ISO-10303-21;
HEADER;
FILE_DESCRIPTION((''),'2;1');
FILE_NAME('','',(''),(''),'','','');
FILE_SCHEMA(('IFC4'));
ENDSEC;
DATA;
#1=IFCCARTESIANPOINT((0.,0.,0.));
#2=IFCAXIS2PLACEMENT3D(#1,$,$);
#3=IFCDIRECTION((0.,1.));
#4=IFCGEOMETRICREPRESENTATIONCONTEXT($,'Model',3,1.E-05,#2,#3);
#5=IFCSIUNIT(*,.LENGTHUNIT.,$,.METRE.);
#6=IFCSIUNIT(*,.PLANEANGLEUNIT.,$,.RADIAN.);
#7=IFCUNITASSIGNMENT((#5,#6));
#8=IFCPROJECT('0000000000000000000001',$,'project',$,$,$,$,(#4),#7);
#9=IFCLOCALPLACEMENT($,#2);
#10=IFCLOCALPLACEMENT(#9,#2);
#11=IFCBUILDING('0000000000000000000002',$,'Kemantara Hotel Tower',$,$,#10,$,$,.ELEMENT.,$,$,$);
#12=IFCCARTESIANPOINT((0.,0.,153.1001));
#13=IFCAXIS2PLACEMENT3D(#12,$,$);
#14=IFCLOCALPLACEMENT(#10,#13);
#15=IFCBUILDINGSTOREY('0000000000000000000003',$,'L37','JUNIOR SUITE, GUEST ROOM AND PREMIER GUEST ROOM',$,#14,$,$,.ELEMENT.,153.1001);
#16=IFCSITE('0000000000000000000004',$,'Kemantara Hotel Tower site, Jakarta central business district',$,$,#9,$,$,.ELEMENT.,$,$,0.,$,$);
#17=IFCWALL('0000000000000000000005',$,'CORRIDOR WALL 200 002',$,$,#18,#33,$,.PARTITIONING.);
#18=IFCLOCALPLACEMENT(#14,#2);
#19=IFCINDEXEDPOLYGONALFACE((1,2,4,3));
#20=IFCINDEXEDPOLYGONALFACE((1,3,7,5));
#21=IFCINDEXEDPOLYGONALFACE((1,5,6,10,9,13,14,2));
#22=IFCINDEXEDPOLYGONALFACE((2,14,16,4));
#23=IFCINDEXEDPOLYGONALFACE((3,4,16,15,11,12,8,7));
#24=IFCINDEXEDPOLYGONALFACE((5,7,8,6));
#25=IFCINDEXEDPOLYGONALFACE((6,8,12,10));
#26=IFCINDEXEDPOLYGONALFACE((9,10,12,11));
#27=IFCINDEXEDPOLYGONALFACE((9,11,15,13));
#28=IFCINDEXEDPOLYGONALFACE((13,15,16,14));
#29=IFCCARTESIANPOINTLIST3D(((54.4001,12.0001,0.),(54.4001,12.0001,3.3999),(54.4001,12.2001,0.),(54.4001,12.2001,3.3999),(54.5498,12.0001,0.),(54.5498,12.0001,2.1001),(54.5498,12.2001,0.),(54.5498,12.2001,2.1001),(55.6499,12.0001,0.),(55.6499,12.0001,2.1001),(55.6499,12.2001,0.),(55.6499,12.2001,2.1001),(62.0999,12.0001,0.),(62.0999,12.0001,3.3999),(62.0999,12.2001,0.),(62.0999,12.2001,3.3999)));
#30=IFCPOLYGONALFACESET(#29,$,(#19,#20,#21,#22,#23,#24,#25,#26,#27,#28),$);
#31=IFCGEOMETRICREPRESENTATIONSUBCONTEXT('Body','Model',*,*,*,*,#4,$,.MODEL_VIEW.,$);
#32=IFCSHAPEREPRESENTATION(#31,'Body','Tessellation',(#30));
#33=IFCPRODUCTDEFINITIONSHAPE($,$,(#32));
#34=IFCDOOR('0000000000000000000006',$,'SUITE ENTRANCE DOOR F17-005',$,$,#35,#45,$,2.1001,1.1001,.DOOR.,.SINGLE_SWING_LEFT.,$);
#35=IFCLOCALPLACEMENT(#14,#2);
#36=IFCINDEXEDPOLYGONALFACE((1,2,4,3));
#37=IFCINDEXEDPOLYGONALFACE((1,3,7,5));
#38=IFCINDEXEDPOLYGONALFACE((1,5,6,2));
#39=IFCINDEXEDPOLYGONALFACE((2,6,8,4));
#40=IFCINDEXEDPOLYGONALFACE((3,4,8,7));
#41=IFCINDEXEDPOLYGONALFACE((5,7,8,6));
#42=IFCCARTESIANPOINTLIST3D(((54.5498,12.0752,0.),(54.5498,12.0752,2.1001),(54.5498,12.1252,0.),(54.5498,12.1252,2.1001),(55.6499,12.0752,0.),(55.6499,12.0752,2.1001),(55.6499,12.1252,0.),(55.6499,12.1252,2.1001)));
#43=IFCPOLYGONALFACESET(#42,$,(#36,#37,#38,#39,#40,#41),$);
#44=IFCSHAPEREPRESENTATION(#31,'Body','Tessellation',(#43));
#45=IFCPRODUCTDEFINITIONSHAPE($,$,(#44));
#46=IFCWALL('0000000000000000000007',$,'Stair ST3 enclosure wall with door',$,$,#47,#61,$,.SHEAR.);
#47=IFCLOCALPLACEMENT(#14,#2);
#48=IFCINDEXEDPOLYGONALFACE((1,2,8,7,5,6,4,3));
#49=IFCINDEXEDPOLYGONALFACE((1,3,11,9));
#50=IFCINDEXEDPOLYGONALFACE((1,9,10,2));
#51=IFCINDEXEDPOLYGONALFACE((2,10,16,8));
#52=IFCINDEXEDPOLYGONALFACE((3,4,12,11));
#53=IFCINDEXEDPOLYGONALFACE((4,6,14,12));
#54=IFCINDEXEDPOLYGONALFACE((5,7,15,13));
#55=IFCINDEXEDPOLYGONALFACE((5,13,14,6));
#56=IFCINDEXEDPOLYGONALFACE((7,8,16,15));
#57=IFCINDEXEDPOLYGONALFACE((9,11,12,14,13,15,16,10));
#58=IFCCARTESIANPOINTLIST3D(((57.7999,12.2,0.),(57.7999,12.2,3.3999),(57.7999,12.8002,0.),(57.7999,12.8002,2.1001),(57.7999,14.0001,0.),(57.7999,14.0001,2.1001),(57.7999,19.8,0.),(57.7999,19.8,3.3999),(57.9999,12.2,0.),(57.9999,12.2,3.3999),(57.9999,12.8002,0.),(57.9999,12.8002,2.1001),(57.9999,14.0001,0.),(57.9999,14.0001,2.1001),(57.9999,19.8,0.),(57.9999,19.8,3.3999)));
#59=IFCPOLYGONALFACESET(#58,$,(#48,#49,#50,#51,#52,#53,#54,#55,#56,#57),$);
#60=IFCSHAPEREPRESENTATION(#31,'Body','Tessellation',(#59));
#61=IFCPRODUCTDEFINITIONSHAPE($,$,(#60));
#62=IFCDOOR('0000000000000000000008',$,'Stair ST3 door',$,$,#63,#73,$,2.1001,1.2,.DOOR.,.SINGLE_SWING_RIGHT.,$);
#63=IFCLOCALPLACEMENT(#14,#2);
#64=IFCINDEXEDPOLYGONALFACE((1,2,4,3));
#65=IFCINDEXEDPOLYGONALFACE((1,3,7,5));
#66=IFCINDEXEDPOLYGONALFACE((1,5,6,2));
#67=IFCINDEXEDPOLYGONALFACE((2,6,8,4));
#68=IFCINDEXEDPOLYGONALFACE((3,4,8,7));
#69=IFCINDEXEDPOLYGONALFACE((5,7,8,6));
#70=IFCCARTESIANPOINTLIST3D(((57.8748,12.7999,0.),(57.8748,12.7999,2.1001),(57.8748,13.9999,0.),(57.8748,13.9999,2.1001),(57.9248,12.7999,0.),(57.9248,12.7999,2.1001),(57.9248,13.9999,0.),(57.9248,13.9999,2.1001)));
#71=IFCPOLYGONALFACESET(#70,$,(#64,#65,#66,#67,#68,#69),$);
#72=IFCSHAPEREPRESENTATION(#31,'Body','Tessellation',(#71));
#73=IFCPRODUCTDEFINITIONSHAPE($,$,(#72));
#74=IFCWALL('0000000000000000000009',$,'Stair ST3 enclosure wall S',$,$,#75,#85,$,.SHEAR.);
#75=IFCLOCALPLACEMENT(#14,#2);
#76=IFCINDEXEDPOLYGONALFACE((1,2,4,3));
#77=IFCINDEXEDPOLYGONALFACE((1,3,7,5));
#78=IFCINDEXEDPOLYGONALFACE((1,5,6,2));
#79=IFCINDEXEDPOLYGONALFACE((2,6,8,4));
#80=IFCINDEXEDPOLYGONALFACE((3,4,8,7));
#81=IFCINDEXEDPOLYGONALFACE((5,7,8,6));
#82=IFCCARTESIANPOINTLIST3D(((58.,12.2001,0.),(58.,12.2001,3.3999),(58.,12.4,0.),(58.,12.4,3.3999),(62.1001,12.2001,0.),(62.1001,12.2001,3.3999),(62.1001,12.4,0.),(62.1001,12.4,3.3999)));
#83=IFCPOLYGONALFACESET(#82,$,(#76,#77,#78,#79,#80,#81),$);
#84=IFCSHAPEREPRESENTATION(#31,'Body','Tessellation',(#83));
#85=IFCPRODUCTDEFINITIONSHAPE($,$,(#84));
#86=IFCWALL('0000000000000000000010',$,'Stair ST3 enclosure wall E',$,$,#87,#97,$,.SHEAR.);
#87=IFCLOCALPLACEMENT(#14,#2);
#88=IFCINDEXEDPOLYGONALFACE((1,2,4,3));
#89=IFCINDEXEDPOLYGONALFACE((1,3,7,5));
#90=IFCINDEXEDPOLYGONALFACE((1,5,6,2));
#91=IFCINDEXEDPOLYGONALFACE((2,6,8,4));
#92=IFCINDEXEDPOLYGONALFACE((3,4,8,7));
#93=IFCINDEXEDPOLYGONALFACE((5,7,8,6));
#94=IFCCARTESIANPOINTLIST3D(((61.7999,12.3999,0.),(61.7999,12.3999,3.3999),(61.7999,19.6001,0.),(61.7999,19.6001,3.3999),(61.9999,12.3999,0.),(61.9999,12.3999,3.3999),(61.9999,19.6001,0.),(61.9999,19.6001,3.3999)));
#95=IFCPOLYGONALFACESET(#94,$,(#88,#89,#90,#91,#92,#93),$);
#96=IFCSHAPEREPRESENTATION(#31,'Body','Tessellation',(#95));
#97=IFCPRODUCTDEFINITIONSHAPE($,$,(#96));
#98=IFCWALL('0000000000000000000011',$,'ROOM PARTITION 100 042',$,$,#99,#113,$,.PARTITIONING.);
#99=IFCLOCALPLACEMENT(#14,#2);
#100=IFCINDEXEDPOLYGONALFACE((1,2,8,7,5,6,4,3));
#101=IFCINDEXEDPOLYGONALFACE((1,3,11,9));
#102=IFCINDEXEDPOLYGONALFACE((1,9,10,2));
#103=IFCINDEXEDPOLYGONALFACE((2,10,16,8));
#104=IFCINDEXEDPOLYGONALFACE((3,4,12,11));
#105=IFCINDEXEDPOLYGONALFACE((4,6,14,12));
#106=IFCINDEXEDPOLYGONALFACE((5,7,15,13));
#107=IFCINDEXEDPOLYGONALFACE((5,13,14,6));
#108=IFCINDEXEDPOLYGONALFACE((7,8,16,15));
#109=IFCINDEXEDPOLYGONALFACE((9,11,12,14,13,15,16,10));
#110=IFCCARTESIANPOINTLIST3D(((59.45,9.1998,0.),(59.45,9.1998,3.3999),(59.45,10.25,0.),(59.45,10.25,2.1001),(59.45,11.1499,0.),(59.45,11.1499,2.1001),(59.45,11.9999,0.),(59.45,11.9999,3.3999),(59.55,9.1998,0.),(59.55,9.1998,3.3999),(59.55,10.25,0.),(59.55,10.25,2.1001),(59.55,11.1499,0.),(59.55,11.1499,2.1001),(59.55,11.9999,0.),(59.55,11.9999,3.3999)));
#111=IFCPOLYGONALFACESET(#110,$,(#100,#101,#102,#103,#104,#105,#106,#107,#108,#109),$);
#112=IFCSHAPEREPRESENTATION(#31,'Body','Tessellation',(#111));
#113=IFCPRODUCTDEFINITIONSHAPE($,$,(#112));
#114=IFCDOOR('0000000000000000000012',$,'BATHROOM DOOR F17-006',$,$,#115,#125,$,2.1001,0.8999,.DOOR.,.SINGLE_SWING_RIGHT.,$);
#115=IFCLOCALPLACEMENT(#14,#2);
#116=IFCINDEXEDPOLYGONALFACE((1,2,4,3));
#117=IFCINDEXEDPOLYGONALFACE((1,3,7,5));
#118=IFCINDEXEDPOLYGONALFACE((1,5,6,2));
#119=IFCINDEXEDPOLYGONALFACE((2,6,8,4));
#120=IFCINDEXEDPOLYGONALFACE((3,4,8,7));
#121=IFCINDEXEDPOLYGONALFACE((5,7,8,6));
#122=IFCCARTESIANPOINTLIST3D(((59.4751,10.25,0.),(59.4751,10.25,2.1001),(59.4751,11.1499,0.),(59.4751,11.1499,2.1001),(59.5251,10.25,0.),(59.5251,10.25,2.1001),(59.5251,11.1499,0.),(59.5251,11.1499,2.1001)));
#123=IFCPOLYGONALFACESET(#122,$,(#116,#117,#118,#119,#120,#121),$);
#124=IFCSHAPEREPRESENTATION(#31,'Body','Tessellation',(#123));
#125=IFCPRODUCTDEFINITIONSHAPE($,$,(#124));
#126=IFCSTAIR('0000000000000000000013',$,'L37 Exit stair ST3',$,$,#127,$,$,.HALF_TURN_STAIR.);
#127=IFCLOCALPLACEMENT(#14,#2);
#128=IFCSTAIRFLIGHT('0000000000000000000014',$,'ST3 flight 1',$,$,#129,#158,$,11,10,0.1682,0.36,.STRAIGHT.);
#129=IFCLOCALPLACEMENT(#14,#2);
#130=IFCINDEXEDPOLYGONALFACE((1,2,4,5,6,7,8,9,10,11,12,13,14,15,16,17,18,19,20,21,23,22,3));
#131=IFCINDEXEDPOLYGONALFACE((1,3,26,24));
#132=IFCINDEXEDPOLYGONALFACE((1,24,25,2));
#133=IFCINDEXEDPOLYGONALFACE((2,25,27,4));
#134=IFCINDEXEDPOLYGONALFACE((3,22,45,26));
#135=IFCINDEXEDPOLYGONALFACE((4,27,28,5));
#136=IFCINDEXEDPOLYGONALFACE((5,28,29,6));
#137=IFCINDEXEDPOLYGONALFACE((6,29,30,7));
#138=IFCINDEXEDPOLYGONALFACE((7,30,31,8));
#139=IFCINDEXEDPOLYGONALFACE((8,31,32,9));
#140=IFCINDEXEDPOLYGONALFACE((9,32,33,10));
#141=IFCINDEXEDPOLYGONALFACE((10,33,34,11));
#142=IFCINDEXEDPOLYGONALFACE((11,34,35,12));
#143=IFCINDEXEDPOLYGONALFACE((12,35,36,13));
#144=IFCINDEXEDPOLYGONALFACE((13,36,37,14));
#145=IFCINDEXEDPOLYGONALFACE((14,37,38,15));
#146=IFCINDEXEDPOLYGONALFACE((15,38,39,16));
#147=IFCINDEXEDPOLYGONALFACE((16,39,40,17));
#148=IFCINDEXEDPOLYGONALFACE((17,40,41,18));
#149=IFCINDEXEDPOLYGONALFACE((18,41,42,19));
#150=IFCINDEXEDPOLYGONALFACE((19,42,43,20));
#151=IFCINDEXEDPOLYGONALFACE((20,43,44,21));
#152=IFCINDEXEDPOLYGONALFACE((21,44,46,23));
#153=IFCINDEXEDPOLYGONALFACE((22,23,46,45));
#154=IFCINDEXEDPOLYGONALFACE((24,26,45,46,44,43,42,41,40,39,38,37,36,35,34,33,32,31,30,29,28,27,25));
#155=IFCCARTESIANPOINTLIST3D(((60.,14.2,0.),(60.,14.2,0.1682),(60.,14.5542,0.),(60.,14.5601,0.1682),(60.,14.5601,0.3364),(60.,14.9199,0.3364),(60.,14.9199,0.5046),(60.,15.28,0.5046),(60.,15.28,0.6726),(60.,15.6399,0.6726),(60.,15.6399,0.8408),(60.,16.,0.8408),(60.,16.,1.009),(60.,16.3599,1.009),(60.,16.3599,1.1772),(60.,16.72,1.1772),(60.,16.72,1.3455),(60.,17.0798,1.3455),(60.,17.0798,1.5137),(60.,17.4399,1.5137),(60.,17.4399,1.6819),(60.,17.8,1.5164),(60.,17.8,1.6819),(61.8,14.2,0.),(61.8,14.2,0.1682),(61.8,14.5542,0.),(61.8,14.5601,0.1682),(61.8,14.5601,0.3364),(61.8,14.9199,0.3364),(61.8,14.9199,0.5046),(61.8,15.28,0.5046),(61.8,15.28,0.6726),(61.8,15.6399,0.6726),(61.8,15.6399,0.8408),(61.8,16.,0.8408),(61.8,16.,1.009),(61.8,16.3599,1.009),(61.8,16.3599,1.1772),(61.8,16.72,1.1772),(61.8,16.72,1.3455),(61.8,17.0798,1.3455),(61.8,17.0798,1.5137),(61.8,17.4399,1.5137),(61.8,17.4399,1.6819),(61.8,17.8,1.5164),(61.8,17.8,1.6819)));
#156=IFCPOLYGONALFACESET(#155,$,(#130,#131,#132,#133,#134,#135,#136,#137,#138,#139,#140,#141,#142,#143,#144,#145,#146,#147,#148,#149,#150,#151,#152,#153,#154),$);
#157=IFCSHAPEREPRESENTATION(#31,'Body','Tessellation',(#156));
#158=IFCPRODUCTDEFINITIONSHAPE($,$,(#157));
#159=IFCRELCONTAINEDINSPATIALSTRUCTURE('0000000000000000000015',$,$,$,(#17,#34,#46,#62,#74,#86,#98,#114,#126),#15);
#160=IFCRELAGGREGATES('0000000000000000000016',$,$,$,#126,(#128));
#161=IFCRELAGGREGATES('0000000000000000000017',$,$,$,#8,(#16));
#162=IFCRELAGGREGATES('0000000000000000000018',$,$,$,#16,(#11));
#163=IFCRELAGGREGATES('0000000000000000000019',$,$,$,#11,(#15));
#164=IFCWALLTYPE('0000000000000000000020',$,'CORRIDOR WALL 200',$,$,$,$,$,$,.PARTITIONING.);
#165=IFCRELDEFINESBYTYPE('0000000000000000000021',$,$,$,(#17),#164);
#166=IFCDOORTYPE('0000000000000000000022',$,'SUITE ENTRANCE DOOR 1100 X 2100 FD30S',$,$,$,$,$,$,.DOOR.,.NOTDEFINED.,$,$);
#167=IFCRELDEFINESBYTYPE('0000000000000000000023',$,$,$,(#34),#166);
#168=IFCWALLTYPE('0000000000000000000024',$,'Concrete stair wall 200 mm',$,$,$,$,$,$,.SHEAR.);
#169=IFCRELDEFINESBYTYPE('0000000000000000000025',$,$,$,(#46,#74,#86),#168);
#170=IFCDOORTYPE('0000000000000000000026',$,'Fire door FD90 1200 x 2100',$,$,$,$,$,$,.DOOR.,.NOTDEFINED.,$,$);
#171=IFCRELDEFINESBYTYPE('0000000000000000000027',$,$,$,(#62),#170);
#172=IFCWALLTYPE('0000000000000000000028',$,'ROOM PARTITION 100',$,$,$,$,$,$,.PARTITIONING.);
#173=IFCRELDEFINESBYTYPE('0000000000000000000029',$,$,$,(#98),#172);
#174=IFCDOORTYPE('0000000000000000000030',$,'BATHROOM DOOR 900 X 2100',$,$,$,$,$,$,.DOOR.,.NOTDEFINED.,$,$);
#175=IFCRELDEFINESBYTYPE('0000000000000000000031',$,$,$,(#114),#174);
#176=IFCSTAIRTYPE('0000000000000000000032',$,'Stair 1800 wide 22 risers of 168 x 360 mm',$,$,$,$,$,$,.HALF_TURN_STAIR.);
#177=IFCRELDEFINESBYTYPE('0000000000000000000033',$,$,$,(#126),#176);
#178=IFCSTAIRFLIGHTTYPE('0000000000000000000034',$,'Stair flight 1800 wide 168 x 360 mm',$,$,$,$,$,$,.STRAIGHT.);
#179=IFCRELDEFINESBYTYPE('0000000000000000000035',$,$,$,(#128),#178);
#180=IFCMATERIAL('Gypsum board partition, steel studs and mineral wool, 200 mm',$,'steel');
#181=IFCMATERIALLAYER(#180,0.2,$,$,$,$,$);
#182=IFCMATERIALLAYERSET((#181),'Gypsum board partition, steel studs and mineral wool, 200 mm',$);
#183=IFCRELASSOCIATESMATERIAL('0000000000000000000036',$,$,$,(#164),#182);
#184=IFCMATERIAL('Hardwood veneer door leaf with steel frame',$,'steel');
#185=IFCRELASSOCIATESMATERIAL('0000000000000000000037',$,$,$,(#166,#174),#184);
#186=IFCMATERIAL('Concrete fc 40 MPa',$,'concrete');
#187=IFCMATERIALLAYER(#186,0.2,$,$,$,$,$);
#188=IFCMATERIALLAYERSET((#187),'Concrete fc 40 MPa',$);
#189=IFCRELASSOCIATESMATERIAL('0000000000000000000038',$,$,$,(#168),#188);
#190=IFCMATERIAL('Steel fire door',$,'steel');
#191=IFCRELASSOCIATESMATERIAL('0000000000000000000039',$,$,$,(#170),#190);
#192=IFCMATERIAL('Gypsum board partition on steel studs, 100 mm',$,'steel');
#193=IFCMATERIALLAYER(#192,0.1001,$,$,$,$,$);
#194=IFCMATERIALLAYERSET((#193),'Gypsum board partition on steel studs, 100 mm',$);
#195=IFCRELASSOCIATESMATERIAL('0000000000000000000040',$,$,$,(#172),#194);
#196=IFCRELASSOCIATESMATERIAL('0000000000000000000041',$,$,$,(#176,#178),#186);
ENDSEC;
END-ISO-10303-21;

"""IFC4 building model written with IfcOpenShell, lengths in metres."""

from ifc_helpers import new_model, si_unit, direction, frame, frame_2d, origin, place, context, subcontext, project, spatial, polyline, rectangle, outline, extrude, material, layer, layer_set, type_object, element, fill, aggregate, save


model = new_model("IFC4")

# Units and contexts
model_context = context("Model", 3, precision=1e-05, world=origin(), true_north=direction((0.0, 1.0)))
body_context = subcontext(model_context, "Body", "Model", "MODEL_VIEW")
ifc_project = project(units=[si_unit("LENGTHUNIT", "METRE"), si_unit("PLANEANGLEUNIT", "RADIAN")], contexts=[model_context])

# Site, building, storey
site_placement = place(None, origin())
site = spatial("IfcSite", under=ifc_project, at=site_placement, Name="Kemantara Hotel Tower site, Jakarta central business district", CompositionType="ELEMENT", RefElevation=0.0)
building_placement = place(site_placement, origin())
building = spatial("IfcBuilding", under=site, at=building_placement, Name="Kemantara Hotel Tower", CompositionType="ELEMENT")
storey_placement = place(building_placement, frame((0.0, 0.0, 153.1001)))
storey = spatial("IfcBuildingStorey", under=building, at=storey_placement, Name="L37", Description="JUNIOR SUITE, GUEST ROOM AND PREMIER GUEST ROOM", CompositionType="ELEMENT", Elevation=153.1001)

# Walls, openings, doors
ifc_material_1 = material(Name="Gypsum board partition, steel studs and mineral wool, 200 mm", Category="steel")
ifc_layer_1 = layer(ifc_material_1, 0.2)
ifc_layer_set_1 = layer_set([ifc_layer_1], Name="Gypsum board partition, steel studs and mineral wool, 200 mm")
wall_type_1 = type_object("IfcWallType", Name="CORRIDOR WALL 200", PredefinedType="PARTITIONING", material=ifc_layer_set_1)
wall_1_placement = place(storey_placement, frame((62.0999, 12.1001, 0.0), z_axis=(0.0, 0.0, 1.0), x_axis=(-1.0, 0.0, 0.0)))
wall_1 = element("IfcWall", 1, at=wall_1_placement, inside=storey, type_object=wall_type_1, Name="CORRIDOR WALL 200 002", PredefinedType="PARTITIONING", context=body_context, shape_type="SweptSolid", body=[
    extrude(rectangle(XDim=7.6997, YDim=0.2, at=frame_2d((3.8499, 0.0))), origin(), (0.0, 0.0, 1.0), 3.3999),
])
opening_1_placement = place(wall_1_placement, frame((6.45, 0.0, 0.0)))
opening_1 = element("IfcOpeningElement", 2, at=opening_1_placement, cuts=wall_1, PredefinedType="OPENING", context=body_context, shape_type="SweptSolid", body=[
    extrude(rectangle(XDim=1.1001, YDim=2.1001, at=frame_2d((0.55, 1.05))), frame((0.0, 0.1099, 0.0), z_axis=(0.0, -1.0, 0.0), x_axis=(1.0, 0.0, 0.0)), (0.0, 0.0, 1.0), 0.22),
])
ifc_material_2 = material(Name="Hardwood veneer door leaf with steel frame", Category="steel")
door_type_1 = type_object("IfcDoorType", Name="SUITE ENTRANCE DOOR 1100 X 2100 FD30S", OperationType="NOTDEFINED", PredefinedType="DOOR", material=ifc_material_2)
door_1_placement = place(opening_1_placement, origin())
door_1 = element("IfcDoor", 3, at=door_1_placement, inside=storey, type_object=door_type_1, Name="SUITE ENTRANCE DOOR F17-005", OperationType="SINGLE_SWING_LEFT", OverallHeight=2.1001, OverallWidth=1.1001, PredefinedType="DOOR", context=body_context, shape_type="SweptSolid", body=[
    extrude(rectangle(XDim=1.1001, YDim=2.1001, at=frame_2d((0.55, 1.05))), frame((0.0, 0.0249, 0.0), z_axis=(0.0, -1.0, 0.0), x_axis=(1.0, 0.0, 0.0)), (0.0, 0.0, 1.0), 0.05),
])
fill(opening_1, door_1)
ifc_material_3 = material(Name="Concrete fc 40 MPa", Category="concrete")
ifc_layer_2 = layer(ifc_material_3, 0.2)
ifc_layer_set_2 = layer_set([ifc_layer_2], Name="Concrete fc 40 MPa")
wall_type_2 = type_object("IfcWallType", Name="Concrete stair wall 200 mm", PredefinedType="SHEAR", material=ifc_layer_set_2)
wall_2_placement = place(storey_placement, frame((57.8999, 12.2, 0.0), z_axis=(0.0, 0.0, 1.0), x_axis=(0.0, 1.0, 0.0)))
wall_2 = element("IfcWall", 4, at=wall_2_placement, inside=storey, type_object=wall_type_2, Name="Stair ST3 enclosure wall with door", PredefinedType="SHEAR", context=body_context, shape_type="SweptSolid", body=[
    extrude(rectangle(XDim=7.6001, YDim=0.2, at=frame_2d((3.8, 0.0))), origin(), (0.0, 0.0, 1.0), 3.3999),
])
opening_2_placement = place(wall_2_placement, frame((0.6001, 0.0, 0.0)))
opening_2 = element("IfcOpeningElement", 5, at=opening_2_placement, cuts=wall_2, PredefinedType="OPENING", context=body_context, shape_type="SweptSolid", body=[
    extrude(rectangle(XDim=1.2, YDim=2.1001, at=frame_2d((0.6001, 1.05))), frame((0.0, 0.1099, 0.0), z_axis=(0.0, -1.0, 0.0), x_axis=(1.0, 0.0, 0.0)), (0.0, 0.0, 1.0), 0.22),
])
ifc_material_4 = material(Name="Steel fire door", Category="steel")
door_type_2 = type_object("IfcDoorType", Name="Fire door FD90 1200 x 2100", OperationType="NOTDEFINED", PredefinedType="DOOR", material=ifc_material_4)
door_2_placement = place(opening_2_placement, frame((1.2, 0.0, 0.0), z_axis=(0.0, 0.0, 1.0), x_axis=(-1.0, 0.0, 0.0)))
door_2 = element("IfcDoor", 6, at=door_2_placement, inside=storey, type_object=door_type_2, Name="Stair ST3 door", OperationType="SINGLE_SWING_RIGHT", OverallHeight=2.1001, OverallWidth=1.2, PredefinedType="DOOR", context=body_context, shape_type="SweptSolid", body=[
    extrude(rectangle(XDim=1.2, YDim=2.1001, at=frame_2d((0.6001, 1.05))), frame((0.0, 0.0249, 0.0), z_axis=(0.0, -1.0, 0.0), x_axis=(1.0, 0.0, 0.0)), (0.0, 0.0, 1.0), 0.05),
])
fill(opening_2, door_2)

# Walls
wall_3_placement = place(storey_placement, frame((58.0, 12.3, 0.0), z_axis=(0.0, 0.0, 1.0), x_axis=(1.0, 0.0, 0.0)))
element("IfcWall", 7, at=wall_3_placement, inside=storey, type_object=wall_type_2, Name="Stair ST3 enclosure wall S", PredefinedType="SHEAR", context=body_context, shape_type="SweptSolid", body=[
    extrude(rectangle(XDim=4.1001, YDim=0.2, at=frame_2d((2.05, 0.0))), origin(), (0.0, 0.0, 1.0), 3.3999),
])
wall_4_placement = place(storey_placement, frame((61.8999, 12.3999, 0.0), z_axis=(0.0, 0.0, 1.0), x_axis=(0.0, 1.0, 0.0)))
element("IfcWall", 8, at=wall_4_placement, inside=storey, type_object=wall_type_2, Name="Stair ST3 enclosure wall E", PredefinedType="SHEAR", context=body_context, shape_type="SweptSolid", body=[
    extrude(rectangle(XDim=7.2002, YDim=0.2, at=frame_2d((3.6001, 0.0))), origin(), (0.0, 0.0, 1.0), 3.3999),
])

# Wall, opening, door
ifc_material_5 = material(Name="Gypsum board partition on steel studs, 100 mm", Category="steel")
ifc_layer_3 = layer(ifc_material_5, 0.1001)
ifc_layer_set_3 = layer_set([ifc_layer_3], Name="Gypsum board partition on steel studs, 100 mm")
wall_type_3 = type_object("IfcWallType", Name="ROOM PARTITION 100", PredefinedType="PARTITIONING", material=ifc_layer_set_3)
wall_5_placement = place(storey_placement, frame((59.5, 9.2, 0.0), z_axis=(0.0, 0.0, 1.0), x_axis=(0.0, 1.0, 0.0)))
wall_5 = element("IfcWall", 9, at=wall_5_placement, inside=storey, type_object=wall_type_3, Name="ROOM PARTITION 100 042", PredefinedType="PARTITIONING", context=body_context, shape_type="SweptSolid", body=[
    extrude(rectangle(XDim=2.8, YDim=0.1001, at=frame_2d((1.3999, 0.0))), origin(), (0.0, 0.0, 1.0), 3.3999),
])
opening_3_placement = place(wall_5_placement, frame((1.05, 0.0, 0.0)))
opening_3 = element("IfcOpeningElement", 10, at=opening_3_placement, cuts=wall_5, PredefinedType="OPENING", context=body_context, shape_type="SweptSolid", body=[
    extrude(rectangle(XDim=0.8999, YDim=2.1001, at=frame_2d((0.45, 1.05))), frame((0.0, 0.0601, 0.0), z_axis=(0.0, -1.0, 0.0), x_axis=(1.0, 0.0, 0.0)), (0.0, 0.0, 1.0), 0.1201),
])
door_type_3 = type_object("IfcDoorType", Name="BATHROOM DOOR 900 X 2100", OperationType="NOTDEFINED", PredefinedType="DOOR", material=ifc_material_2)
door_3_placement = place(opening_3_placement, origin())
door_3 = element("IfcDoor", 11, at=door_3_placement, inside=storey, type_object=door_type_3, Name="BATHROOM DOOR F17-006", OperationType="SINGLE_SWING_RIGHT", OverallHeight=2.1001, OverallWidth=0.8999, PredefinedType="DOOR", context=body_context, shape_type="SweptSolid", body=[
    extrude(rectangle(XDim=0.8999, YDim=2.1001, at=frame_2d((0.45, 1.05))), frame((0.0, 0.0249, 0.0), z_axis=(0.0, -1.0, 0.0), x_axis=(1.0, 0.0, 0.0)), (0.0, 0.0, 1.0), 0.05),
])
fill(opening_3, door_3)

# Stair, stair flight
stair_type = type_object("IfcStairType", Name="Stair 1800 wide 22 risers of 168 x 360 mm", PredefinedType="HALF_TURN_STAIR", material=ifc_material_3)
stair_placement = place(storey_placement, origin())
stair = element("IfcStair", 12, at=stair_placement, inside=storey, type_object=stair_type, Name="L37 Exit stair ST3", PredefinedType="HALF_TURN_STAIR")
stair_flight_type = type_object("IfcStairFlightType", Name="Stair flight 1800 wide 168 x 360 mm", PredefinedType="STRAIGHT", material=ifc_material_3)
stair_flight_placement = place(storey_placement, frame((60.8999, 14.2, 0.0), z_axis=(0.0, 0.0, 1.0), x_axis=(0.0, 1.0, 0.0)))
stair_flight = element("IfcStairFlight", 13, at=stair_flight_placement, type_object=stair_flight_type, Name="ST3 flight 1", NumberOfRisers=11, NumberOfTreads=10, PredefinedType="STRAIGHT", RiserHeight=0.1682, TreadLength=0.36, context=body_context, shape_type="SweptSolid", body=[
    extrude(outline(polyline([(0.0, 0.0), (0.0, 0.1682), (0.3601, 0.1682), (0.3601, 0.3364), (0.72, 0.3364), (0.72, 0.5046), (1.0801, 0.5046), (1.0801, 0.6726), (1.4399, 0.6726), (1.4399, 0.8408), (1.8, 0.8408), (1.8, 1.009), (2.1599, 1.009), (2.1599, 1.1772), (2.52, 1.1772), (2.52, 1.3455), (2.8799, 1.3455), (2.8799, 1.5137), (3.24, 1.5137), (3.24, 1.6819), (3.6001, 1.6819), (3.6001, 1.8501), (3.6001, 1.5164), (0.3542, 0.0), (0.0, 0.0)])), frame((0.0, 0.8999, 0.0), z_axis=(0.0, -1.0, 0.0), x_axis=(1.0, 0.0, 0.0)), (0.0, 0.0, 1.0), 1.8),
])
aggregate(stair, [stair_flight])

save(model, "model.ifc")
